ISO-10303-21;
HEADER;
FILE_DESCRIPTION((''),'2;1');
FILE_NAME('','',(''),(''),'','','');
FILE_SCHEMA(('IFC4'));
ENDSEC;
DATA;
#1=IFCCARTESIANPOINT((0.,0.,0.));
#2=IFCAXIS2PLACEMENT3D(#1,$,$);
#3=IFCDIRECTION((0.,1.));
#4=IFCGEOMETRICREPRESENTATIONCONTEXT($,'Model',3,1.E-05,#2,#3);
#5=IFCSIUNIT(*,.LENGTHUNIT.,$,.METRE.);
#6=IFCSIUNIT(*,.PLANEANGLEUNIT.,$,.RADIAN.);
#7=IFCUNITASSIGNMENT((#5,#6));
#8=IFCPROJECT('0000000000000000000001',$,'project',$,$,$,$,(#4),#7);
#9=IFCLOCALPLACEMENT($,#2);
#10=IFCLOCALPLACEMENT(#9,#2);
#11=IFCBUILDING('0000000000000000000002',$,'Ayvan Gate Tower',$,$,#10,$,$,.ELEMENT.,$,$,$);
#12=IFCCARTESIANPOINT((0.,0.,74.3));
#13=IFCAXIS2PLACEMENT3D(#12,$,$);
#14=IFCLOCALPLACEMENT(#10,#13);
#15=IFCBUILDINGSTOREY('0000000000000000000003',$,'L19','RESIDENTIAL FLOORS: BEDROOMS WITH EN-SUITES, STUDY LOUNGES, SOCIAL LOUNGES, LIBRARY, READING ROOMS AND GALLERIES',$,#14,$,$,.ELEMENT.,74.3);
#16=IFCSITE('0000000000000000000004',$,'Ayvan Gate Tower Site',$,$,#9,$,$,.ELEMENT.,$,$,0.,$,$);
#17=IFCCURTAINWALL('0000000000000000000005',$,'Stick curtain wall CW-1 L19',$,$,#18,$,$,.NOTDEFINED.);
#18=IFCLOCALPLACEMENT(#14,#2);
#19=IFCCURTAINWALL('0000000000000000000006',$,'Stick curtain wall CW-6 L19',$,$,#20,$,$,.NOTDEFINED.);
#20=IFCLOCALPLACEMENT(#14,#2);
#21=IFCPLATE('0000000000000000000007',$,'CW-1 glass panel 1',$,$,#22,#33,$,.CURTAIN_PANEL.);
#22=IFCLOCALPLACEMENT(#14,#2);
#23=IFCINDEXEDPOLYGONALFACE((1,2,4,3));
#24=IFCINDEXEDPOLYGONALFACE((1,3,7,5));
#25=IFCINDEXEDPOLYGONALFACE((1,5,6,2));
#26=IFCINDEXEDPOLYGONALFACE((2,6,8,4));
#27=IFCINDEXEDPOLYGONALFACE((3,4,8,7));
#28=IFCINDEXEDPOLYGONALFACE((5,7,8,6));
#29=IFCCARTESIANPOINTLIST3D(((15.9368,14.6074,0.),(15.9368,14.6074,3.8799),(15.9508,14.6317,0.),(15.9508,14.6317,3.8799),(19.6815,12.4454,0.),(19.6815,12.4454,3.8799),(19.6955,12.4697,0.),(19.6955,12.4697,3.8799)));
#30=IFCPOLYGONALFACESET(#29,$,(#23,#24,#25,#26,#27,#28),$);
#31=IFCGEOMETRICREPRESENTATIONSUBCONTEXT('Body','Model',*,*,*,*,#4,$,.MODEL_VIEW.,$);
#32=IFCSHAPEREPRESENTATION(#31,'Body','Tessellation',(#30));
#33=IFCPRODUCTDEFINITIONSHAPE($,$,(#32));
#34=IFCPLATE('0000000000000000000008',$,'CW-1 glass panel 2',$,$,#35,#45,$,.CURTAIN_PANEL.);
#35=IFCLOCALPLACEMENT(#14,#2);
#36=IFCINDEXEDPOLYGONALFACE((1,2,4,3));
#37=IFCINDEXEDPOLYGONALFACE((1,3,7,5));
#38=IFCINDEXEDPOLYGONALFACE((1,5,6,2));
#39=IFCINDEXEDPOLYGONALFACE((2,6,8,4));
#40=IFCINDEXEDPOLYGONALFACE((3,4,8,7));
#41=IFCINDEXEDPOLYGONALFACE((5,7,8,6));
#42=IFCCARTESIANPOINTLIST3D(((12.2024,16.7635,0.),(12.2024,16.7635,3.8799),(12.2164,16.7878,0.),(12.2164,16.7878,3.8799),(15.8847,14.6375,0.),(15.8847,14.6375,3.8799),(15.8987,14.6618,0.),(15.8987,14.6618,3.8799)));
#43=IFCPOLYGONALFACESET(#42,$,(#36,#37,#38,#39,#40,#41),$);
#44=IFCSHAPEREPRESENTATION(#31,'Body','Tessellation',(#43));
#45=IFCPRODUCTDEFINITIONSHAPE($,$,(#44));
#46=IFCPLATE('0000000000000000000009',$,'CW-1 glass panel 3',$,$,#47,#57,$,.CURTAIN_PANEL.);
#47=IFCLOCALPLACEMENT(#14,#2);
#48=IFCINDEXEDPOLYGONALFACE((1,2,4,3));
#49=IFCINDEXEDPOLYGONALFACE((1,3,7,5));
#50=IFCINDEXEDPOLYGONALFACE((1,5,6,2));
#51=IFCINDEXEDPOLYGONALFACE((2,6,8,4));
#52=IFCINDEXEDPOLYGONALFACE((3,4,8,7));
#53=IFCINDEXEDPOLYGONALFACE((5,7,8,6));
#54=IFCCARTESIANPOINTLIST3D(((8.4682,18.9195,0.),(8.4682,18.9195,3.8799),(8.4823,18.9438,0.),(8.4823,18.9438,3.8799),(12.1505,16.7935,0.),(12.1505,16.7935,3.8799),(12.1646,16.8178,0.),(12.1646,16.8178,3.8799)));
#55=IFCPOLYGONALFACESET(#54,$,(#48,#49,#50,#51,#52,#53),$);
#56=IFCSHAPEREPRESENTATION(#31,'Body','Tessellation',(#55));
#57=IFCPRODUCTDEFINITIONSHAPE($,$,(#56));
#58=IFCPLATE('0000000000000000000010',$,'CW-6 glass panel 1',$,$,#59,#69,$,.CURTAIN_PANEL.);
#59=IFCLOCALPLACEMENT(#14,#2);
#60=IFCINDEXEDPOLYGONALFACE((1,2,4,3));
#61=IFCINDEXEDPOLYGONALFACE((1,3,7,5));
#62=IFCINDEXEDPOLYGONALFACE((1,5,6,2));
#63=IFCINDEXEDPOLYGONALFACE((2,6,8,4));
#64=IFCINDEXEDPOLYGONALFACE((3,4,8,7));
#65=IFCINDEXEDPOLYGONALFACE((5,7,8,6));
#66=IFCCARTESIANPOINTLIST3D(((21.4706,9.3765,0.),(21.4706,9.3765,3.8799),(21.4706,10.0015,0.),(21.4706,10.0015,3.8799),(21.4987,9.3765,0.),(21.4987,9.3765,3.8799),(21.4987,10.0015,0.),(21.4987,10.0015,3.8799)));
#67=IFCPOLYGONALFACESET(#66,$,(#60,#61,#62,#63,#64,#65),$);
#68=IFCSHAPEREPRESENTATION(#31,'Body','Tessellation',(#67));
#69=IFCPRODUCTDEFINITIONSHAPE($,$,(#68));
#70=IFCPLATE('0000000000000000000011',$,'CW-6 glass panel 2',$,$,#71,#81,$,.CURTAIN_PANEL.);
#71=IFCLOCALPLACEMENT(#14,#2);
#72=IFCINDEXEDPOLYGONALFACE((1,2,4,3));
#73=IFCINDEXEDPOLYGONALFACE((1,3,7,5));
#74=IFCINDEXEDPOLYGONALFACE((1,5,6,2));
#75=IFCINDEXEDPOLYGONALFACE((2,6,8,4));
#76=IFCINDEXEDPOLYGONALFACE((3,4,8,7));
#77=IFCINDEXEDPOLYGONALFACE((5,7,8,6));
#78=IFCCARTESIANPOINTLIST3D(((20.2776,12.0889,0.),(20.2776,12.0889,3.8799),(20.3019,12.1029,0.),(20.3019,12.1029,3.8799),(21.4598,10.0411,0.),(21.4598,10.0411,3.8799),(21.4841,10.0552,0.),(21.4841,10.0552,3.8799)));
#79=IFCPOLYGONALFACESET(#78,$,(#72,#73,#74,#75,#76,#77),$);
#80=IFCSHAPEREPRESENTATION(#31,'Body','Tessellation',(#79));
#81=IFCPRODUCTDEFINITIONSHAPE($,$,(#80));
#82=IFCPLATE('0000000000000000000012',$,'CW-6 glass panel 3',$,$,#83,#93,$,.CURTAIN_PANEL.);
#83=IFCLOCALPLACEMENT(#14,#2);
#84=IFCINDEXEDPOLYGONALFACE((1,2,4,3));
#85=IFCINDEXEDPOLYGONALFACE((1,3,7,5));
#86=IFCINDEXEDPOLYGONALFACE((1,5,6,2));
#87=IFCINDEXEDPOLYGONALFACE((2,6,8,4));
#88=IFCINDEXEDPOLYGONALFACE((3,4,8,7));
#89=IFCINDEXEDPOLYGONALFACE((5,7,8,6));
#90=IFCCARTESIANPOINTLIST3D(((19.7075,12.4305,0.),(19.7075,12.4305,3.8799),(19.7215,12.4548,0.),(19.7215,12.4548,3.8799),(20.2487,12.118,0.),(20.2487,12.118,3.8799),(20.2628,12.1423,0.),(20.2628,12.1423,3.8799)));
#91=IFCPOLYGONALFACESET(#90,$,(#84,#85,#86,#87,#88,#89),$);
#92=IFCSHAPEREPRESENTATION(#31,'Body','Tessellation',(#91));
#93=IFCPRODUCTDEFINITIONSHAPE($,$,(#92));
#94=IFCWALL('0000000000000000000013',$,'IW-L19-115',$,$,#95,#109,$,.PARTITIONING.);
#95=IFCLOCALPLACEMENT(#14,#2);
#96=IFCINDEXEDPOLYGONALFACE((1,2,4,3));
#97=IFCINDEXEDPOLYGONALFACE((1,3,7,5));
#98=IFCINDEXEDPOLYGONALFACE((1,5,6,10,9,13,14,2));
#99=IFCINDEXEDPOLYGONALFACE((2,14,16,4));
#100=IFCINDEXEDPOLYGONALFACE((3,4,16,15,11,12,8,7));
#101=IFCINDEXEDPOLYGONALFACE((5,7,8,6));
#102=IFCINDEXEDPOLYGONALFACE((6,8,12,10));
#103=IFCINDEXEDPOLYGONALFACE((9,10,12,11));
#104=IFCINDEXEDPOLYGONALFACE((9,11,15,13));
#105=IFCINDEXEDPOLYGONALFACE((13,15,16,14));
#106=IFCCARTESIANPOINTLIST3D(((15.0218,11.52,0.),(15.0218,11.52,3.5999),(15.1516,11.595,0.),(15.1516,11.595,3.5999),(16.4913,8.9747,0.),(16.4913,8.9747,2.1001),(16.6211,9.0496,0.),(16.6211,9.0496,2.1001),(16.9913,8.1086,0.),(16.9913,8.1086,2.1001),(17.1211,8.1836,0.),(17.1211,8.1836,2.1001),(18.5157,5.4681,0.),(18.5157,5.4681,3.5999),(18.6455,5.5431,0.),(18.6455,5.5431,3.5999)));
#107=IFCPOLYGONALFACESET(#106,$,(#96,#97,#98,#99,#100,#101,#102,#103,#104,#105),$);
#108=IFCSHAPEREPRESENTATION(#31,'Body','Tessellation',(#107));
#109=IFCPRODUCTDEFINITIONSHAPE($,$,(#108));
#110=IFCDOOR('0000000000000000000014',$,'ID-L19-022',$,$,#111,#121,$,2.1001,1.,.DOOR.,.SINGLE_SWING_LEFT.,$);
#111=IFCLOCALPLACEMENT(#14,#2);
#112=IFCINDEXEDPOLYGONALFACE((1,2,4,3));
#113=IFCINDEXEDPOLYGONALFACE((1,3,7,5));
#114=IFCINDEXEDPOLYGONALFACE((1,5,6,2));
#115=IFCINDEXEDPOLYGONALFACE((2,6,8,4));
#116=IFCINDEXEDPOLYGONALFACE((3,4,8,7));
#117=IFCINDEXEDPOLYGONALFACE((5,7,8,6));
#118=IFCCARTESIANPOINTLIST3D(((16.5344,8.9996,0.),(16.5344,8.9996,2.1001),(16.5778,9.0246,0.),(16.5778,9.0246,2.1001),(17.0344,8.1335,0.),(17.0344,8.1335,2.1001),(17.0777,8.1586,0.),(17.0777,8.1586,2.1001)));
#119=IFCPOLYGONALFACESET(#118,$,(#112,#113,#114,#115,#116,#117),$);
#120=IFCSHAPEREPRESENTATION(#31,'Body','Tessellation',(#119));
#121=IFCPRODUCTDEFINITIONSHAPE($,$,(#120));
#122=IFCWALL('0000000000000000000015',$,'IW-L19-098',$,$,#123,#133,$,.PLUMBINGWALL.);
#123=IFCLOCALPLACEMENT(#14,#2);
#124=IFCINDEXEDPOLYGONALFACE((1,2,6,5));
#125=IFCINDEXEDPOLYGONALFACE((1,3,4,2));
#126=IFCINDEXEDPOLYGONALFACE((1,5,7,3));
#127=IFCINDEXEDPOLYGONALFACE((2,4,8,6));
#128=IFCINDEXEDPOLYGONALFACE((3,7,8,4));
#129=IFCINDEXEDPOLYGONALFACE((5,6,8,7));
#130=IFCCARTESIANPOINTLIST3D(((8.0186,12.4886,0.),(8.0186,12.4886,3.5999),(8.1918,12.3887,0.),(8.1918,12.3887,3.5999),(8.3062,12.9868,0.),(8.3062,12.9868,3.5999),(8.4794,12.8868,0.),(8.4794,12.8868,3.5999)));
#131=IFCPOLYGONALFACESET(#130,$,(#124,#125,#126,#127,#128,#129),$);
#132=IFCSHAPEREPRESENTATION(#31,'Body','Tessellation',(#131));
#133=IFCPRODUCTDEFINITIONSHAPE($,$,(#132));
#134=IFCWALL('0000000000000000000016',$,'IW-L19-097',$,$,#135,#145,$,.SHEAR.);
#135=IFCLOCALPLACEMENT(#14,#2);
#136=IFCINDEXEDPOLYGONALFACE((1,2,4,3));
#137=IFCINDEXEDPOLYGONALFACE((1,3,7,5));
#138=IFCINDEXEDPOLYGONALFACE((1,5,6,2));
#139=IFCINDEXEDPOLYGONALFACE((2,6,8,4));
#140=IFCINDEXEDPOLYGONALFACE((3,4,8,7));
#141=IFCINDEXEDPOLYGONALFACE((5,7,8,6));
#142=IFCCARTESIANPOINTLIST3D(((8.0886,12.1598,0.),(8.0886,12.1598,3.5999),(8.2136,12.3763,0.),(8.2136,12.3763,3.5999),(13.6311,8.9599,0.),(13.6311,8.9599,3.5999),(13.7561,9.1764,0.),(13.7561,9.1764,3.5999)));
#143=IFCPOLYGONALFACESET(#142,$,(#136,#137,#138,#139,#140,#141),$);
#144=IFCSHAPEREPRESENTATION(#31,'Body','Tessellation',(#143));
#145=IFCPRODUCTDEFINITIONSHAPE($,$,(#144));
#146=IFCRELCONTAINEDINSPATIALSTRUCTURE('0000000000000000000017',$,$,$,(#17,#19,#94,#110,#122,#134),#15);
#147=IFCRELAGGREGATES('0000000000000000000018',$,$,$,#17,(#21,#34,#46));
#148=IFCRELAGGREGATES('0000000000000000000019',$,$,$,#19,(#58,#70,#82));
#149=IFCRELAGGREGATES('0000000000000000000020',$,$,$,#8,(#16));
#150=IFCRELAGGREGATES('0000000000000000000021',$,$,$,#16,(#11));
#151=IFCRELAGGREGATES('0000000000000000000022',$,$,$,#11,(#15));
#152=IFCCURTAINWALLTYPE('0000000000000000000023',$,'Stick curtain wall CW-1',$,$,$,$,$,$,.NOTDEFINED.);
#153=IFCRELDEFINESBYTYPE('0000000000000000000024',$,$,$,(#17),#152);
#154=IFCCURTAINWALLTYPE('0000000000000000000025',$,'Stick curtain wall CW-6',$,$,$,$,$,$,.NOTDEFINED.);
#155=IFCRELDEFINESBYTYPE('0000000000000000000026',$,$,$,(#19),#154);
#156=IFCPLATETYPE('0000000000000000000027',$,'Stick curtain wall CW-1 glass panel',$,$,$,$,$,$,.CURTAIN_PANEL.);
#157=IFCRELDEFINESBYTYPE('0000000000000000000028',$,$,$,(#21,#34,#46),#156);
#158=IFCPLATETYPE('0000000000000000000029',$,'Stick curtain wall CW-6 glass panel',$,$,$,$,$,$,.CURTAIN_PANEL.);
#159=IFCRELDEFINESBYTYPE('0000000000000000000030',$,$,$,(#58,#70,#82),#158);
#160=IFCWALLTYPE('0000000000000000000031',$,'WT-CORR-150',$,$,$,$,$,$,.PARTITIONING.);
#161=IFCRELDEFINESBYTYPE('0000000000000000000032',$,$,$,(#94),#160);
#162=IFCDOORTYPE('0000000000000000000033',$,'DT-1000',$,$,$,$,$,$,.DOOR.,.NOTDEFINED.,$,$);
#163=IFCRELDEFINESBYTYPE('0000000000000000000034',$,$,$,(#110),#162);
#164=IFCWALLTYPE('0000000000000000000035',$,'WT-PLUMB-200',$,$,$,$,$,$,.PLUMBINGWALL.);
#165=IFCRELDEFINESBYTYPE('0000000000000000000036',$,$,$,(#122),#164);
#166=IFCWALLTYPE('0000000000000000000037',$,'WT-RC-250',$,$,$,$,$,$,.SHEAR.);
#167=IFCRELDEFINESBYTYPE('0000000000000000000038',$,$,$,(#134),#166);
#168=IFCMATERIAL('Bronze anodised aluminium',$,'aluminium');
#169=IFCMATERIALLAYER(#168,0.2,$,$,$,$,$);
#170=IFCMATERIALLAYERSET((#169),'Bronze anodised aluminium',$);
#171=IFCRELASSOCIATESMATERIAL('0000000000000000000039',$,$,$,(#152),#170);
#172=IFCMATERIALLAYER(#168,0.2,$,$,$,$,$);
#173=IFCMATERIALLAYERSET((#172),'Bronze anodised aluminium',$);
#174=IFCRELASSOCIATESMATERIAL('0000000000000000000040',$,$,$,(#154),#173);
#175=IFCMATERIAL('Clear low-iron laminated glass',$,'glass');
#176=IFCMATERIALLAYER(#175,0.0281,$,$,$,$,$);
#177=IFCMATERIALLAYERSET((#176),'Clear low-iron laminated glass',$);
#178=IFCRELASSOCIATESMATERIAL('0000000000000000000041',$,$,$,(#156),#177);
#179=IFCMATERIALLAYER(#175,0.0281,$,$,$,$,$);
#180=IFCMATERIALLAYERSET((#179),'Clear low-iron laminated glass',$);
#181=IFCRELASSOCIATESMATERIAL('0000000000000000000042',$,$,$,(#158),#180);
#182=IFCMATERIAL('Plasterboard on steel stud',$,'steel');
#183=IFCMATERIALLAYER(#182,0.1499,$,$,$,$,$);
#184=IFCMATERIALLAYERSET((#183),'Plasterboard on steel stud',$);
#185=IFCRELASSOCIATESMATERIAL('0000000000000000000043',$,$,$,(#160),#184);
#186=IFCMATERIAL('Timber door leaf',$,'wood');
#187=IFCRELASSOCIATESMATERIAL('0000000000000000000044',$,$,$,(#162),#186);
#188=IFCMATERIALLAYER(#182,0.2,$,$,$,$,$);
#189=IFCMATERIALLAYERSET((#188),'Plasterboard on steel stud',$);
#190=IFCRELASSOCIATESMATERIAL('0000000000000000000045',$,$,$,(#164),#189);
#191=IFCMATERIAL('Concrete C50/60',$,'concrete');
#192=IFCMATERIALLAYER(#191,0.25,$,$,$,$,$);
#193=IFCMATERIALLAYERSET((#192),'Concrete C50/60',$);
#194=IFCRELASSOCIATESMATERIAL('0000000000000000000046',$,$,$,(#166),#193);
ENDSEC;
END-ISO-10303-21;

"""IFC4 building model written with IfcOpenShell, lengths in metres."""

from ifc_helpers import new_model, si_unit, direction, frame, frame_2d, origin, origin_2d, place, context, subcontext, project, spatial, rectangle, extrude, material, layer, layer_set, type_object, element, fill, aggregate, save


model = new_model("IFC4")

# Units and contexts
model_context = context("Model", 3, precision=1e-05, world=origin(), true_north=direction((0.0, 1.0)))
body_context = subcontext(model_context, "Body", "Model", "MODEL_VIEW")
ifc_project = project(units=[si_unit("LENGTHUNIT", "METRE"), si_unit("PLANEANGLEUNIT", "RADIAN")], contexts=[model_context])

# Site, building, storey
site_placement = place(None, origin())
site = spatial("IfcSite", under=ifc_project, at=site_placement, Name="Ayvan Gate Tower Site", CompositionType="ELEMENT", RefElevation=0.0)
building_placement = place(site_placement, origin())
building = spatial("IfcBuilding", under=site, at=building_placement, Name="Ayvan Gate Tower", CompositionType="ELEMENT")
storey_placement = place(building_placement, frame((0.0, 0.0, 74.3)))
storey = spatial("IfcBuildingStorey", under=building, at=storey_placement, Name="L19", Description="RESIDENTIAL FLOORS: BEDROOMS WITH EN-SUITES, STUDY LOUNGES, SOCIAL LOUNGES, LIBRARY, READING ROOMS AND GALLERIES", CompositionType="ELEMENT", Elevation=74.3)

# Curtain walls
ifc_material_1 = material(Name="Bronze anodised aluminium", Category="aluminium")
ifc_layer_1 = layer(ifc_material_1, 0.2)
ifc_layer_set_1 = layer_set([ifc_layer_1], Name="Bronze anodised aluminium")
curtain_wall_type_1 = type_object("IfcCurtainWallType", Name="Stick curtain wall CW-1", PredefinedType="NOTDEFINED", material=ifc_layer_set_1)
curtain_wall_1_placement = place(storey_placement, origin())
curtain_wall_1 = element("IfcCurtainWall", 1, at=curtain_wall_1_placement, inside=storey, type_object=curtain_wall_type_1, Name="Stick curtain wall CW-1 L19", PredefinedType="NOTDEFINED")
ifc_layer_2 = layer(ifc_material_1, 0.2)
ifc_layer_set_2 = layer_set([ifc_layer_2], Name="Bronze anodised aluminium")
curtain_wall_type_2 = type_object("IfcCurtainWallType", Name="Stick curtain wall CW-6", PredefinedType="NOTDEFINED", material=ifc_layer_set_2)
curtain_wall_2_placement = place(storey_placement, origin())
curtain_wall_2 = element("IfcCurtainWall", 2, at=curtain_wall_2_placement, inside=storey, type_object=curtain_wall_type_2, Name="Stick curtain wall CW-6 L19", PredefinedType="NOTDEFINED")

# Plates
ifc_material_2 = material(Name="Clear low-iron laminated glass", Category="glass")
ifc_layer_3 = layer(ifc_material_2, 0.0281)
ifc_layer_set_3 = layer_set([ifc_layer_3], Name="Clear low-iron laminated glass")
plate_type_1 = type_object("IfcPlateType", Name="Stick curtain wall CW-1 glass panel", PredefinedType="CURTAIN_PANEL", material=ifc_layer_set_3)
plate_1_placement = place(storey_placement, frame((17.8162, 13.5386, 0.0), z_axis=(0.0, 0.0, 1.0), x_axis=(-0.866025, 0.5, 0.0)))
plate_1 = element("IfcPlate", 3, at=plate_1_placement, type_object=plate_type_1, Name="CW-1 glass panel 1", PredefinedType="CURTAIN_PANEL", context=body_context, shape_type="SweptSolid", body=[
    extrude(rectangle(XDim=4.324, YDim=0.0281, at=origin_2d()), origin(), (0.0, 0.0, 1.0), 3.8799),
])
plate_2_placement = place(storey_placement, frame((14.0505, 15.7126, 0.0), z_axis=(0.0, 0.0, 1.0), x_axis=(-0.866025, 0.5, 0.0)))
plate_2 = element("IfcPlate", 4, at=plate_2_placement, type_object=plate_type_1, Name="CW-1 glass panel 2", PredefinedType="CURTAIN_PANEL", context=body_context, shape_type="SweptSolid", body=[
    extrude(rectangle(XDim=4.252, YDim=0.0281, at=origin_2d()), origin(), (0.0, 0.0, 1.0), 3.8799),
])
plate_3_placement = place(storey_placement, frame((10.3164, 17.8687, 0.0), z_axis=(0.0, 0.0, 1.0), x_axis=(-0.866025, 0.5, 0.0)))
plate_3 = element("IfcPlate", 5, at=plate_3_placement, type_object=plate_type_1, Name="CW-1 glass panel 3", PredefinedType="CURTAIN_PANEL", context=body_context, shape_type="SweptSolid", body=[
    extrude(rectangle(XDim=4.252, YDim=0.0281, at=origin_2d()), origin(), (0.0, 0.0, 1.0), 3.8799),
])
aggregate(curtain_wall_1, [plate_1, plate_2, plate_3])
ifc_layer_4 = layer(ifc_material_2, 0.0281)
ifc_layer_set_4 = layer_set([ifc_layer_4], Name="Clear low-iron laminated glass")
plate_type_2 = type_object("IfcPlateType", Name="Stick curtain wall CW-6 glass panel", PredefinedType="CURTAIN_PANEL", material=ifc_layer_set_4)
plate_4_placement = place(storey_placement, frame((21.4846, 9.689, 0.0), z_axis=(0.0, 0.0, 1.0), x_axis=(0.0, 1.0, 0.0)))
plate_4 = element("IfcPlate", 6, at=plate_4_placement, type_object=plate_type_2, Name="CW-6 glass panel 1", PredefinedType="CURTAIN_PANEL", context=body_context, shape_type="SweptSolid", body=[
    extrude(rectangle(XDim=0.625, YDim=0.0281, at=origin_2d()), origin(), (0.0, 0.0, 1.0), 3.8799),
])
plate_5_placement = place(storey_placement, frame((20.8809, 11.072, 0.0), z_axis=(0.0, 0.0, 1.0), x_axis=(-0.5, 0.866025, 0.0)))
plate_5 = element("IfcPlate", 7, at=plate_5_placement, type_object=plate_type_2, Name="CW-6 glass panel 2", PredefinedType="CURTAIN_PANEL", context=body_context, shape_type="SweptSolid", body=[
    extrude(rectangle(XDim=2.3645, YDim=0.0281, at=origin_2d()), origin(), (0.0, 0.0, 1.0), 3.8799),
])
plate_6_placement = place(storey_placement, frame((19.9851, 12.2864, 0.0), z_axis=(0.0, 0.0, 1.0), x_axis=(-0.866025, 0.5, 0.0)))
plate_6 = element("IfcPlate", 8, at=plate_6_placement, type_object=plate_type_2, Name="CW-6 glass panel 3", PredefinedType="CURTAIN_PANEL", context=body_context, shape_type="SweptSolid", body=[
    extrude(rectangle(XDim=0.625, YDim=0.0281, at=origin_2d()), origin(), (0.0, 0.0, 1.0), 3.8799),
])
aggregate(curtain_wall_2, [plate_4, plate_5, plate_6])

# Wall, opening, door
ifc_material_3 = material(Name="Plasterboard on steel stud", Category="steel")
ifc_layer_5 = layer(ifc_material_3, 0.1499)
ifc_layer_set_5 = layer_set([ifc_layer_5], Name="Plasterboard on steel stud")
wall_type_1 = type_object("IfcWallType", Name="WT-CORR-150", PredefinedType="PARTITIONING", material=ifc_layer_set_5)
wall_1_placement = place(storey_placement, frame((15.0867, 11.5576, 0.0), z_axis=(0.0, 0.0, 1.0), x_axis=(0.499975, -0.86604, 0.0)))
wall_1 = element("IfcWall", 9, at=wall_1_placement, inside=storey, type_object=wall_type_1, Name="IW-L19-115", PredefinedType="PARTITIONING", context=body_context, shape_type="SweptSolid", body=[
    extrude(rectangle(XDim=6.988, YDim=0.1499, at=frame_2d((3.4941, 0.0))), origin(), (0.0, 0.0, 1.0), 3.5999),
])
opening_placement = place(wall_1_placement, frame((2.9392, 0.0, 0.0)))
opening = element("IfcOpeningElement", 10, at=opening_placement, cuts=wall_1, PredefinedType="OPENING", context=body_context, shape_type="SweptSolid", body=[
    extrude(rectangle(XDim=1.0, YDim=2.1001, at=frame_2d((0.5, 1.05))), frame((0.0, 0.085, 0.0), z_axis=(0.0, -1.0, 0.0), x_axis=(1.0, 0.0, 0.0)), (0.0, 0.0, 1.0), 0.1699),
])
ifc_material_4 = material(Name="Timber door leaf", Category="wood")
door_type = type_object("IfcDoorType", Name="DT-1000", OperationType="NOTDEFINED", PredefinedType="DOOR", material=ifc_material_4)
door_placement = place(opening_placement, origin())
door = element("IfcDoor", 11, at=door_placement, inside=storey, type_object=door_type, Name="ID-L19-022", OperationType="SINGLE_SWING_LEFT", OverallHeight=2.1001, OverallWidth=1.0, PredefinedType="DOOR", context=body_context, shape_type="SweptSolid", body=[
    extrude(rectangle(XDim=1.0, YDim=2.1001, at=frame_2d((0.5, 1.05))), frame((0.0, 0.0249, 0.0), z_axis=(0.0, -1.0, 0.0), x_axis=(1.0, 0.0, 0.0)), (0.0, 0.0, 1.0), 0.05),
])
fill(opening, door)

# Walls
ifc_layer_6 = layer(ifc_material_3, 0.2)
ifc_layer_set_6 = layer_set([ifc_layer_6], Name="Plasterboard on steel stud")
wall_type_2 = type_object("IfcWallType", Name="WT-PLUMB-200", PredefinedType="PLUMBINGWALL", material=ifc_layer_set_6)
wall_2_placement = place(storey_placement, frame((8.3928, 12.9368, 0.0), z_axis=(0.0, 0.0, 1.0), x_axis=(-0.500065, -0.865988, 0.0)))
element("IfcWall", 12, at=wall_2_placement, inside=storey, type_object=wall_type_2, Name="IW-L19-098", PredefinedType="PLUMBINGWALL", context=body_context, shape_type="SweptSolid", body=[
    extrude(rectangle(XDim=0.5752, YDim=0.2, at=frame_2d((0.2876, 0.0))), origin(), (0.0, 0.0, 1.0), 3.5999),
])
ifc_material_5 = material(Name="Concrete C50/60", Category="concrete")
ifc_layer_7 = layer(ifc_material_5, 0.25)
ifc_layer_set_7 = layer_set([ifc_layer_7], Name="Concrete C50/60")
wall_type_3 = type_object("IfcWallType", Name="WT-RC-250", PredefinedType="SHEAR", material=ifc_layer_set_7)
wall_3_placement = place(storey_placement, frame((8.1511, 12.2681, 0.0), z_axis=(0.0, 0.0, 1.0), x_axis=(0.866025, -0.5, 0.0)))
element("IfcWall", 13, at=wall_3_placement, inside=storey, type_object=wall_type_3, Name="IW-L19-097", PredefinedType="SHEAR", context=body_context, shape_type="SweptSolid", body=[
    extrude(rectangle(XDim=6.3999, YDim=0.25, at=frame_2d((3.2, 0.0))), origin(), (0.0, 0.0, 1.0), 3.5999),
])

save(model, "model.ifc")
